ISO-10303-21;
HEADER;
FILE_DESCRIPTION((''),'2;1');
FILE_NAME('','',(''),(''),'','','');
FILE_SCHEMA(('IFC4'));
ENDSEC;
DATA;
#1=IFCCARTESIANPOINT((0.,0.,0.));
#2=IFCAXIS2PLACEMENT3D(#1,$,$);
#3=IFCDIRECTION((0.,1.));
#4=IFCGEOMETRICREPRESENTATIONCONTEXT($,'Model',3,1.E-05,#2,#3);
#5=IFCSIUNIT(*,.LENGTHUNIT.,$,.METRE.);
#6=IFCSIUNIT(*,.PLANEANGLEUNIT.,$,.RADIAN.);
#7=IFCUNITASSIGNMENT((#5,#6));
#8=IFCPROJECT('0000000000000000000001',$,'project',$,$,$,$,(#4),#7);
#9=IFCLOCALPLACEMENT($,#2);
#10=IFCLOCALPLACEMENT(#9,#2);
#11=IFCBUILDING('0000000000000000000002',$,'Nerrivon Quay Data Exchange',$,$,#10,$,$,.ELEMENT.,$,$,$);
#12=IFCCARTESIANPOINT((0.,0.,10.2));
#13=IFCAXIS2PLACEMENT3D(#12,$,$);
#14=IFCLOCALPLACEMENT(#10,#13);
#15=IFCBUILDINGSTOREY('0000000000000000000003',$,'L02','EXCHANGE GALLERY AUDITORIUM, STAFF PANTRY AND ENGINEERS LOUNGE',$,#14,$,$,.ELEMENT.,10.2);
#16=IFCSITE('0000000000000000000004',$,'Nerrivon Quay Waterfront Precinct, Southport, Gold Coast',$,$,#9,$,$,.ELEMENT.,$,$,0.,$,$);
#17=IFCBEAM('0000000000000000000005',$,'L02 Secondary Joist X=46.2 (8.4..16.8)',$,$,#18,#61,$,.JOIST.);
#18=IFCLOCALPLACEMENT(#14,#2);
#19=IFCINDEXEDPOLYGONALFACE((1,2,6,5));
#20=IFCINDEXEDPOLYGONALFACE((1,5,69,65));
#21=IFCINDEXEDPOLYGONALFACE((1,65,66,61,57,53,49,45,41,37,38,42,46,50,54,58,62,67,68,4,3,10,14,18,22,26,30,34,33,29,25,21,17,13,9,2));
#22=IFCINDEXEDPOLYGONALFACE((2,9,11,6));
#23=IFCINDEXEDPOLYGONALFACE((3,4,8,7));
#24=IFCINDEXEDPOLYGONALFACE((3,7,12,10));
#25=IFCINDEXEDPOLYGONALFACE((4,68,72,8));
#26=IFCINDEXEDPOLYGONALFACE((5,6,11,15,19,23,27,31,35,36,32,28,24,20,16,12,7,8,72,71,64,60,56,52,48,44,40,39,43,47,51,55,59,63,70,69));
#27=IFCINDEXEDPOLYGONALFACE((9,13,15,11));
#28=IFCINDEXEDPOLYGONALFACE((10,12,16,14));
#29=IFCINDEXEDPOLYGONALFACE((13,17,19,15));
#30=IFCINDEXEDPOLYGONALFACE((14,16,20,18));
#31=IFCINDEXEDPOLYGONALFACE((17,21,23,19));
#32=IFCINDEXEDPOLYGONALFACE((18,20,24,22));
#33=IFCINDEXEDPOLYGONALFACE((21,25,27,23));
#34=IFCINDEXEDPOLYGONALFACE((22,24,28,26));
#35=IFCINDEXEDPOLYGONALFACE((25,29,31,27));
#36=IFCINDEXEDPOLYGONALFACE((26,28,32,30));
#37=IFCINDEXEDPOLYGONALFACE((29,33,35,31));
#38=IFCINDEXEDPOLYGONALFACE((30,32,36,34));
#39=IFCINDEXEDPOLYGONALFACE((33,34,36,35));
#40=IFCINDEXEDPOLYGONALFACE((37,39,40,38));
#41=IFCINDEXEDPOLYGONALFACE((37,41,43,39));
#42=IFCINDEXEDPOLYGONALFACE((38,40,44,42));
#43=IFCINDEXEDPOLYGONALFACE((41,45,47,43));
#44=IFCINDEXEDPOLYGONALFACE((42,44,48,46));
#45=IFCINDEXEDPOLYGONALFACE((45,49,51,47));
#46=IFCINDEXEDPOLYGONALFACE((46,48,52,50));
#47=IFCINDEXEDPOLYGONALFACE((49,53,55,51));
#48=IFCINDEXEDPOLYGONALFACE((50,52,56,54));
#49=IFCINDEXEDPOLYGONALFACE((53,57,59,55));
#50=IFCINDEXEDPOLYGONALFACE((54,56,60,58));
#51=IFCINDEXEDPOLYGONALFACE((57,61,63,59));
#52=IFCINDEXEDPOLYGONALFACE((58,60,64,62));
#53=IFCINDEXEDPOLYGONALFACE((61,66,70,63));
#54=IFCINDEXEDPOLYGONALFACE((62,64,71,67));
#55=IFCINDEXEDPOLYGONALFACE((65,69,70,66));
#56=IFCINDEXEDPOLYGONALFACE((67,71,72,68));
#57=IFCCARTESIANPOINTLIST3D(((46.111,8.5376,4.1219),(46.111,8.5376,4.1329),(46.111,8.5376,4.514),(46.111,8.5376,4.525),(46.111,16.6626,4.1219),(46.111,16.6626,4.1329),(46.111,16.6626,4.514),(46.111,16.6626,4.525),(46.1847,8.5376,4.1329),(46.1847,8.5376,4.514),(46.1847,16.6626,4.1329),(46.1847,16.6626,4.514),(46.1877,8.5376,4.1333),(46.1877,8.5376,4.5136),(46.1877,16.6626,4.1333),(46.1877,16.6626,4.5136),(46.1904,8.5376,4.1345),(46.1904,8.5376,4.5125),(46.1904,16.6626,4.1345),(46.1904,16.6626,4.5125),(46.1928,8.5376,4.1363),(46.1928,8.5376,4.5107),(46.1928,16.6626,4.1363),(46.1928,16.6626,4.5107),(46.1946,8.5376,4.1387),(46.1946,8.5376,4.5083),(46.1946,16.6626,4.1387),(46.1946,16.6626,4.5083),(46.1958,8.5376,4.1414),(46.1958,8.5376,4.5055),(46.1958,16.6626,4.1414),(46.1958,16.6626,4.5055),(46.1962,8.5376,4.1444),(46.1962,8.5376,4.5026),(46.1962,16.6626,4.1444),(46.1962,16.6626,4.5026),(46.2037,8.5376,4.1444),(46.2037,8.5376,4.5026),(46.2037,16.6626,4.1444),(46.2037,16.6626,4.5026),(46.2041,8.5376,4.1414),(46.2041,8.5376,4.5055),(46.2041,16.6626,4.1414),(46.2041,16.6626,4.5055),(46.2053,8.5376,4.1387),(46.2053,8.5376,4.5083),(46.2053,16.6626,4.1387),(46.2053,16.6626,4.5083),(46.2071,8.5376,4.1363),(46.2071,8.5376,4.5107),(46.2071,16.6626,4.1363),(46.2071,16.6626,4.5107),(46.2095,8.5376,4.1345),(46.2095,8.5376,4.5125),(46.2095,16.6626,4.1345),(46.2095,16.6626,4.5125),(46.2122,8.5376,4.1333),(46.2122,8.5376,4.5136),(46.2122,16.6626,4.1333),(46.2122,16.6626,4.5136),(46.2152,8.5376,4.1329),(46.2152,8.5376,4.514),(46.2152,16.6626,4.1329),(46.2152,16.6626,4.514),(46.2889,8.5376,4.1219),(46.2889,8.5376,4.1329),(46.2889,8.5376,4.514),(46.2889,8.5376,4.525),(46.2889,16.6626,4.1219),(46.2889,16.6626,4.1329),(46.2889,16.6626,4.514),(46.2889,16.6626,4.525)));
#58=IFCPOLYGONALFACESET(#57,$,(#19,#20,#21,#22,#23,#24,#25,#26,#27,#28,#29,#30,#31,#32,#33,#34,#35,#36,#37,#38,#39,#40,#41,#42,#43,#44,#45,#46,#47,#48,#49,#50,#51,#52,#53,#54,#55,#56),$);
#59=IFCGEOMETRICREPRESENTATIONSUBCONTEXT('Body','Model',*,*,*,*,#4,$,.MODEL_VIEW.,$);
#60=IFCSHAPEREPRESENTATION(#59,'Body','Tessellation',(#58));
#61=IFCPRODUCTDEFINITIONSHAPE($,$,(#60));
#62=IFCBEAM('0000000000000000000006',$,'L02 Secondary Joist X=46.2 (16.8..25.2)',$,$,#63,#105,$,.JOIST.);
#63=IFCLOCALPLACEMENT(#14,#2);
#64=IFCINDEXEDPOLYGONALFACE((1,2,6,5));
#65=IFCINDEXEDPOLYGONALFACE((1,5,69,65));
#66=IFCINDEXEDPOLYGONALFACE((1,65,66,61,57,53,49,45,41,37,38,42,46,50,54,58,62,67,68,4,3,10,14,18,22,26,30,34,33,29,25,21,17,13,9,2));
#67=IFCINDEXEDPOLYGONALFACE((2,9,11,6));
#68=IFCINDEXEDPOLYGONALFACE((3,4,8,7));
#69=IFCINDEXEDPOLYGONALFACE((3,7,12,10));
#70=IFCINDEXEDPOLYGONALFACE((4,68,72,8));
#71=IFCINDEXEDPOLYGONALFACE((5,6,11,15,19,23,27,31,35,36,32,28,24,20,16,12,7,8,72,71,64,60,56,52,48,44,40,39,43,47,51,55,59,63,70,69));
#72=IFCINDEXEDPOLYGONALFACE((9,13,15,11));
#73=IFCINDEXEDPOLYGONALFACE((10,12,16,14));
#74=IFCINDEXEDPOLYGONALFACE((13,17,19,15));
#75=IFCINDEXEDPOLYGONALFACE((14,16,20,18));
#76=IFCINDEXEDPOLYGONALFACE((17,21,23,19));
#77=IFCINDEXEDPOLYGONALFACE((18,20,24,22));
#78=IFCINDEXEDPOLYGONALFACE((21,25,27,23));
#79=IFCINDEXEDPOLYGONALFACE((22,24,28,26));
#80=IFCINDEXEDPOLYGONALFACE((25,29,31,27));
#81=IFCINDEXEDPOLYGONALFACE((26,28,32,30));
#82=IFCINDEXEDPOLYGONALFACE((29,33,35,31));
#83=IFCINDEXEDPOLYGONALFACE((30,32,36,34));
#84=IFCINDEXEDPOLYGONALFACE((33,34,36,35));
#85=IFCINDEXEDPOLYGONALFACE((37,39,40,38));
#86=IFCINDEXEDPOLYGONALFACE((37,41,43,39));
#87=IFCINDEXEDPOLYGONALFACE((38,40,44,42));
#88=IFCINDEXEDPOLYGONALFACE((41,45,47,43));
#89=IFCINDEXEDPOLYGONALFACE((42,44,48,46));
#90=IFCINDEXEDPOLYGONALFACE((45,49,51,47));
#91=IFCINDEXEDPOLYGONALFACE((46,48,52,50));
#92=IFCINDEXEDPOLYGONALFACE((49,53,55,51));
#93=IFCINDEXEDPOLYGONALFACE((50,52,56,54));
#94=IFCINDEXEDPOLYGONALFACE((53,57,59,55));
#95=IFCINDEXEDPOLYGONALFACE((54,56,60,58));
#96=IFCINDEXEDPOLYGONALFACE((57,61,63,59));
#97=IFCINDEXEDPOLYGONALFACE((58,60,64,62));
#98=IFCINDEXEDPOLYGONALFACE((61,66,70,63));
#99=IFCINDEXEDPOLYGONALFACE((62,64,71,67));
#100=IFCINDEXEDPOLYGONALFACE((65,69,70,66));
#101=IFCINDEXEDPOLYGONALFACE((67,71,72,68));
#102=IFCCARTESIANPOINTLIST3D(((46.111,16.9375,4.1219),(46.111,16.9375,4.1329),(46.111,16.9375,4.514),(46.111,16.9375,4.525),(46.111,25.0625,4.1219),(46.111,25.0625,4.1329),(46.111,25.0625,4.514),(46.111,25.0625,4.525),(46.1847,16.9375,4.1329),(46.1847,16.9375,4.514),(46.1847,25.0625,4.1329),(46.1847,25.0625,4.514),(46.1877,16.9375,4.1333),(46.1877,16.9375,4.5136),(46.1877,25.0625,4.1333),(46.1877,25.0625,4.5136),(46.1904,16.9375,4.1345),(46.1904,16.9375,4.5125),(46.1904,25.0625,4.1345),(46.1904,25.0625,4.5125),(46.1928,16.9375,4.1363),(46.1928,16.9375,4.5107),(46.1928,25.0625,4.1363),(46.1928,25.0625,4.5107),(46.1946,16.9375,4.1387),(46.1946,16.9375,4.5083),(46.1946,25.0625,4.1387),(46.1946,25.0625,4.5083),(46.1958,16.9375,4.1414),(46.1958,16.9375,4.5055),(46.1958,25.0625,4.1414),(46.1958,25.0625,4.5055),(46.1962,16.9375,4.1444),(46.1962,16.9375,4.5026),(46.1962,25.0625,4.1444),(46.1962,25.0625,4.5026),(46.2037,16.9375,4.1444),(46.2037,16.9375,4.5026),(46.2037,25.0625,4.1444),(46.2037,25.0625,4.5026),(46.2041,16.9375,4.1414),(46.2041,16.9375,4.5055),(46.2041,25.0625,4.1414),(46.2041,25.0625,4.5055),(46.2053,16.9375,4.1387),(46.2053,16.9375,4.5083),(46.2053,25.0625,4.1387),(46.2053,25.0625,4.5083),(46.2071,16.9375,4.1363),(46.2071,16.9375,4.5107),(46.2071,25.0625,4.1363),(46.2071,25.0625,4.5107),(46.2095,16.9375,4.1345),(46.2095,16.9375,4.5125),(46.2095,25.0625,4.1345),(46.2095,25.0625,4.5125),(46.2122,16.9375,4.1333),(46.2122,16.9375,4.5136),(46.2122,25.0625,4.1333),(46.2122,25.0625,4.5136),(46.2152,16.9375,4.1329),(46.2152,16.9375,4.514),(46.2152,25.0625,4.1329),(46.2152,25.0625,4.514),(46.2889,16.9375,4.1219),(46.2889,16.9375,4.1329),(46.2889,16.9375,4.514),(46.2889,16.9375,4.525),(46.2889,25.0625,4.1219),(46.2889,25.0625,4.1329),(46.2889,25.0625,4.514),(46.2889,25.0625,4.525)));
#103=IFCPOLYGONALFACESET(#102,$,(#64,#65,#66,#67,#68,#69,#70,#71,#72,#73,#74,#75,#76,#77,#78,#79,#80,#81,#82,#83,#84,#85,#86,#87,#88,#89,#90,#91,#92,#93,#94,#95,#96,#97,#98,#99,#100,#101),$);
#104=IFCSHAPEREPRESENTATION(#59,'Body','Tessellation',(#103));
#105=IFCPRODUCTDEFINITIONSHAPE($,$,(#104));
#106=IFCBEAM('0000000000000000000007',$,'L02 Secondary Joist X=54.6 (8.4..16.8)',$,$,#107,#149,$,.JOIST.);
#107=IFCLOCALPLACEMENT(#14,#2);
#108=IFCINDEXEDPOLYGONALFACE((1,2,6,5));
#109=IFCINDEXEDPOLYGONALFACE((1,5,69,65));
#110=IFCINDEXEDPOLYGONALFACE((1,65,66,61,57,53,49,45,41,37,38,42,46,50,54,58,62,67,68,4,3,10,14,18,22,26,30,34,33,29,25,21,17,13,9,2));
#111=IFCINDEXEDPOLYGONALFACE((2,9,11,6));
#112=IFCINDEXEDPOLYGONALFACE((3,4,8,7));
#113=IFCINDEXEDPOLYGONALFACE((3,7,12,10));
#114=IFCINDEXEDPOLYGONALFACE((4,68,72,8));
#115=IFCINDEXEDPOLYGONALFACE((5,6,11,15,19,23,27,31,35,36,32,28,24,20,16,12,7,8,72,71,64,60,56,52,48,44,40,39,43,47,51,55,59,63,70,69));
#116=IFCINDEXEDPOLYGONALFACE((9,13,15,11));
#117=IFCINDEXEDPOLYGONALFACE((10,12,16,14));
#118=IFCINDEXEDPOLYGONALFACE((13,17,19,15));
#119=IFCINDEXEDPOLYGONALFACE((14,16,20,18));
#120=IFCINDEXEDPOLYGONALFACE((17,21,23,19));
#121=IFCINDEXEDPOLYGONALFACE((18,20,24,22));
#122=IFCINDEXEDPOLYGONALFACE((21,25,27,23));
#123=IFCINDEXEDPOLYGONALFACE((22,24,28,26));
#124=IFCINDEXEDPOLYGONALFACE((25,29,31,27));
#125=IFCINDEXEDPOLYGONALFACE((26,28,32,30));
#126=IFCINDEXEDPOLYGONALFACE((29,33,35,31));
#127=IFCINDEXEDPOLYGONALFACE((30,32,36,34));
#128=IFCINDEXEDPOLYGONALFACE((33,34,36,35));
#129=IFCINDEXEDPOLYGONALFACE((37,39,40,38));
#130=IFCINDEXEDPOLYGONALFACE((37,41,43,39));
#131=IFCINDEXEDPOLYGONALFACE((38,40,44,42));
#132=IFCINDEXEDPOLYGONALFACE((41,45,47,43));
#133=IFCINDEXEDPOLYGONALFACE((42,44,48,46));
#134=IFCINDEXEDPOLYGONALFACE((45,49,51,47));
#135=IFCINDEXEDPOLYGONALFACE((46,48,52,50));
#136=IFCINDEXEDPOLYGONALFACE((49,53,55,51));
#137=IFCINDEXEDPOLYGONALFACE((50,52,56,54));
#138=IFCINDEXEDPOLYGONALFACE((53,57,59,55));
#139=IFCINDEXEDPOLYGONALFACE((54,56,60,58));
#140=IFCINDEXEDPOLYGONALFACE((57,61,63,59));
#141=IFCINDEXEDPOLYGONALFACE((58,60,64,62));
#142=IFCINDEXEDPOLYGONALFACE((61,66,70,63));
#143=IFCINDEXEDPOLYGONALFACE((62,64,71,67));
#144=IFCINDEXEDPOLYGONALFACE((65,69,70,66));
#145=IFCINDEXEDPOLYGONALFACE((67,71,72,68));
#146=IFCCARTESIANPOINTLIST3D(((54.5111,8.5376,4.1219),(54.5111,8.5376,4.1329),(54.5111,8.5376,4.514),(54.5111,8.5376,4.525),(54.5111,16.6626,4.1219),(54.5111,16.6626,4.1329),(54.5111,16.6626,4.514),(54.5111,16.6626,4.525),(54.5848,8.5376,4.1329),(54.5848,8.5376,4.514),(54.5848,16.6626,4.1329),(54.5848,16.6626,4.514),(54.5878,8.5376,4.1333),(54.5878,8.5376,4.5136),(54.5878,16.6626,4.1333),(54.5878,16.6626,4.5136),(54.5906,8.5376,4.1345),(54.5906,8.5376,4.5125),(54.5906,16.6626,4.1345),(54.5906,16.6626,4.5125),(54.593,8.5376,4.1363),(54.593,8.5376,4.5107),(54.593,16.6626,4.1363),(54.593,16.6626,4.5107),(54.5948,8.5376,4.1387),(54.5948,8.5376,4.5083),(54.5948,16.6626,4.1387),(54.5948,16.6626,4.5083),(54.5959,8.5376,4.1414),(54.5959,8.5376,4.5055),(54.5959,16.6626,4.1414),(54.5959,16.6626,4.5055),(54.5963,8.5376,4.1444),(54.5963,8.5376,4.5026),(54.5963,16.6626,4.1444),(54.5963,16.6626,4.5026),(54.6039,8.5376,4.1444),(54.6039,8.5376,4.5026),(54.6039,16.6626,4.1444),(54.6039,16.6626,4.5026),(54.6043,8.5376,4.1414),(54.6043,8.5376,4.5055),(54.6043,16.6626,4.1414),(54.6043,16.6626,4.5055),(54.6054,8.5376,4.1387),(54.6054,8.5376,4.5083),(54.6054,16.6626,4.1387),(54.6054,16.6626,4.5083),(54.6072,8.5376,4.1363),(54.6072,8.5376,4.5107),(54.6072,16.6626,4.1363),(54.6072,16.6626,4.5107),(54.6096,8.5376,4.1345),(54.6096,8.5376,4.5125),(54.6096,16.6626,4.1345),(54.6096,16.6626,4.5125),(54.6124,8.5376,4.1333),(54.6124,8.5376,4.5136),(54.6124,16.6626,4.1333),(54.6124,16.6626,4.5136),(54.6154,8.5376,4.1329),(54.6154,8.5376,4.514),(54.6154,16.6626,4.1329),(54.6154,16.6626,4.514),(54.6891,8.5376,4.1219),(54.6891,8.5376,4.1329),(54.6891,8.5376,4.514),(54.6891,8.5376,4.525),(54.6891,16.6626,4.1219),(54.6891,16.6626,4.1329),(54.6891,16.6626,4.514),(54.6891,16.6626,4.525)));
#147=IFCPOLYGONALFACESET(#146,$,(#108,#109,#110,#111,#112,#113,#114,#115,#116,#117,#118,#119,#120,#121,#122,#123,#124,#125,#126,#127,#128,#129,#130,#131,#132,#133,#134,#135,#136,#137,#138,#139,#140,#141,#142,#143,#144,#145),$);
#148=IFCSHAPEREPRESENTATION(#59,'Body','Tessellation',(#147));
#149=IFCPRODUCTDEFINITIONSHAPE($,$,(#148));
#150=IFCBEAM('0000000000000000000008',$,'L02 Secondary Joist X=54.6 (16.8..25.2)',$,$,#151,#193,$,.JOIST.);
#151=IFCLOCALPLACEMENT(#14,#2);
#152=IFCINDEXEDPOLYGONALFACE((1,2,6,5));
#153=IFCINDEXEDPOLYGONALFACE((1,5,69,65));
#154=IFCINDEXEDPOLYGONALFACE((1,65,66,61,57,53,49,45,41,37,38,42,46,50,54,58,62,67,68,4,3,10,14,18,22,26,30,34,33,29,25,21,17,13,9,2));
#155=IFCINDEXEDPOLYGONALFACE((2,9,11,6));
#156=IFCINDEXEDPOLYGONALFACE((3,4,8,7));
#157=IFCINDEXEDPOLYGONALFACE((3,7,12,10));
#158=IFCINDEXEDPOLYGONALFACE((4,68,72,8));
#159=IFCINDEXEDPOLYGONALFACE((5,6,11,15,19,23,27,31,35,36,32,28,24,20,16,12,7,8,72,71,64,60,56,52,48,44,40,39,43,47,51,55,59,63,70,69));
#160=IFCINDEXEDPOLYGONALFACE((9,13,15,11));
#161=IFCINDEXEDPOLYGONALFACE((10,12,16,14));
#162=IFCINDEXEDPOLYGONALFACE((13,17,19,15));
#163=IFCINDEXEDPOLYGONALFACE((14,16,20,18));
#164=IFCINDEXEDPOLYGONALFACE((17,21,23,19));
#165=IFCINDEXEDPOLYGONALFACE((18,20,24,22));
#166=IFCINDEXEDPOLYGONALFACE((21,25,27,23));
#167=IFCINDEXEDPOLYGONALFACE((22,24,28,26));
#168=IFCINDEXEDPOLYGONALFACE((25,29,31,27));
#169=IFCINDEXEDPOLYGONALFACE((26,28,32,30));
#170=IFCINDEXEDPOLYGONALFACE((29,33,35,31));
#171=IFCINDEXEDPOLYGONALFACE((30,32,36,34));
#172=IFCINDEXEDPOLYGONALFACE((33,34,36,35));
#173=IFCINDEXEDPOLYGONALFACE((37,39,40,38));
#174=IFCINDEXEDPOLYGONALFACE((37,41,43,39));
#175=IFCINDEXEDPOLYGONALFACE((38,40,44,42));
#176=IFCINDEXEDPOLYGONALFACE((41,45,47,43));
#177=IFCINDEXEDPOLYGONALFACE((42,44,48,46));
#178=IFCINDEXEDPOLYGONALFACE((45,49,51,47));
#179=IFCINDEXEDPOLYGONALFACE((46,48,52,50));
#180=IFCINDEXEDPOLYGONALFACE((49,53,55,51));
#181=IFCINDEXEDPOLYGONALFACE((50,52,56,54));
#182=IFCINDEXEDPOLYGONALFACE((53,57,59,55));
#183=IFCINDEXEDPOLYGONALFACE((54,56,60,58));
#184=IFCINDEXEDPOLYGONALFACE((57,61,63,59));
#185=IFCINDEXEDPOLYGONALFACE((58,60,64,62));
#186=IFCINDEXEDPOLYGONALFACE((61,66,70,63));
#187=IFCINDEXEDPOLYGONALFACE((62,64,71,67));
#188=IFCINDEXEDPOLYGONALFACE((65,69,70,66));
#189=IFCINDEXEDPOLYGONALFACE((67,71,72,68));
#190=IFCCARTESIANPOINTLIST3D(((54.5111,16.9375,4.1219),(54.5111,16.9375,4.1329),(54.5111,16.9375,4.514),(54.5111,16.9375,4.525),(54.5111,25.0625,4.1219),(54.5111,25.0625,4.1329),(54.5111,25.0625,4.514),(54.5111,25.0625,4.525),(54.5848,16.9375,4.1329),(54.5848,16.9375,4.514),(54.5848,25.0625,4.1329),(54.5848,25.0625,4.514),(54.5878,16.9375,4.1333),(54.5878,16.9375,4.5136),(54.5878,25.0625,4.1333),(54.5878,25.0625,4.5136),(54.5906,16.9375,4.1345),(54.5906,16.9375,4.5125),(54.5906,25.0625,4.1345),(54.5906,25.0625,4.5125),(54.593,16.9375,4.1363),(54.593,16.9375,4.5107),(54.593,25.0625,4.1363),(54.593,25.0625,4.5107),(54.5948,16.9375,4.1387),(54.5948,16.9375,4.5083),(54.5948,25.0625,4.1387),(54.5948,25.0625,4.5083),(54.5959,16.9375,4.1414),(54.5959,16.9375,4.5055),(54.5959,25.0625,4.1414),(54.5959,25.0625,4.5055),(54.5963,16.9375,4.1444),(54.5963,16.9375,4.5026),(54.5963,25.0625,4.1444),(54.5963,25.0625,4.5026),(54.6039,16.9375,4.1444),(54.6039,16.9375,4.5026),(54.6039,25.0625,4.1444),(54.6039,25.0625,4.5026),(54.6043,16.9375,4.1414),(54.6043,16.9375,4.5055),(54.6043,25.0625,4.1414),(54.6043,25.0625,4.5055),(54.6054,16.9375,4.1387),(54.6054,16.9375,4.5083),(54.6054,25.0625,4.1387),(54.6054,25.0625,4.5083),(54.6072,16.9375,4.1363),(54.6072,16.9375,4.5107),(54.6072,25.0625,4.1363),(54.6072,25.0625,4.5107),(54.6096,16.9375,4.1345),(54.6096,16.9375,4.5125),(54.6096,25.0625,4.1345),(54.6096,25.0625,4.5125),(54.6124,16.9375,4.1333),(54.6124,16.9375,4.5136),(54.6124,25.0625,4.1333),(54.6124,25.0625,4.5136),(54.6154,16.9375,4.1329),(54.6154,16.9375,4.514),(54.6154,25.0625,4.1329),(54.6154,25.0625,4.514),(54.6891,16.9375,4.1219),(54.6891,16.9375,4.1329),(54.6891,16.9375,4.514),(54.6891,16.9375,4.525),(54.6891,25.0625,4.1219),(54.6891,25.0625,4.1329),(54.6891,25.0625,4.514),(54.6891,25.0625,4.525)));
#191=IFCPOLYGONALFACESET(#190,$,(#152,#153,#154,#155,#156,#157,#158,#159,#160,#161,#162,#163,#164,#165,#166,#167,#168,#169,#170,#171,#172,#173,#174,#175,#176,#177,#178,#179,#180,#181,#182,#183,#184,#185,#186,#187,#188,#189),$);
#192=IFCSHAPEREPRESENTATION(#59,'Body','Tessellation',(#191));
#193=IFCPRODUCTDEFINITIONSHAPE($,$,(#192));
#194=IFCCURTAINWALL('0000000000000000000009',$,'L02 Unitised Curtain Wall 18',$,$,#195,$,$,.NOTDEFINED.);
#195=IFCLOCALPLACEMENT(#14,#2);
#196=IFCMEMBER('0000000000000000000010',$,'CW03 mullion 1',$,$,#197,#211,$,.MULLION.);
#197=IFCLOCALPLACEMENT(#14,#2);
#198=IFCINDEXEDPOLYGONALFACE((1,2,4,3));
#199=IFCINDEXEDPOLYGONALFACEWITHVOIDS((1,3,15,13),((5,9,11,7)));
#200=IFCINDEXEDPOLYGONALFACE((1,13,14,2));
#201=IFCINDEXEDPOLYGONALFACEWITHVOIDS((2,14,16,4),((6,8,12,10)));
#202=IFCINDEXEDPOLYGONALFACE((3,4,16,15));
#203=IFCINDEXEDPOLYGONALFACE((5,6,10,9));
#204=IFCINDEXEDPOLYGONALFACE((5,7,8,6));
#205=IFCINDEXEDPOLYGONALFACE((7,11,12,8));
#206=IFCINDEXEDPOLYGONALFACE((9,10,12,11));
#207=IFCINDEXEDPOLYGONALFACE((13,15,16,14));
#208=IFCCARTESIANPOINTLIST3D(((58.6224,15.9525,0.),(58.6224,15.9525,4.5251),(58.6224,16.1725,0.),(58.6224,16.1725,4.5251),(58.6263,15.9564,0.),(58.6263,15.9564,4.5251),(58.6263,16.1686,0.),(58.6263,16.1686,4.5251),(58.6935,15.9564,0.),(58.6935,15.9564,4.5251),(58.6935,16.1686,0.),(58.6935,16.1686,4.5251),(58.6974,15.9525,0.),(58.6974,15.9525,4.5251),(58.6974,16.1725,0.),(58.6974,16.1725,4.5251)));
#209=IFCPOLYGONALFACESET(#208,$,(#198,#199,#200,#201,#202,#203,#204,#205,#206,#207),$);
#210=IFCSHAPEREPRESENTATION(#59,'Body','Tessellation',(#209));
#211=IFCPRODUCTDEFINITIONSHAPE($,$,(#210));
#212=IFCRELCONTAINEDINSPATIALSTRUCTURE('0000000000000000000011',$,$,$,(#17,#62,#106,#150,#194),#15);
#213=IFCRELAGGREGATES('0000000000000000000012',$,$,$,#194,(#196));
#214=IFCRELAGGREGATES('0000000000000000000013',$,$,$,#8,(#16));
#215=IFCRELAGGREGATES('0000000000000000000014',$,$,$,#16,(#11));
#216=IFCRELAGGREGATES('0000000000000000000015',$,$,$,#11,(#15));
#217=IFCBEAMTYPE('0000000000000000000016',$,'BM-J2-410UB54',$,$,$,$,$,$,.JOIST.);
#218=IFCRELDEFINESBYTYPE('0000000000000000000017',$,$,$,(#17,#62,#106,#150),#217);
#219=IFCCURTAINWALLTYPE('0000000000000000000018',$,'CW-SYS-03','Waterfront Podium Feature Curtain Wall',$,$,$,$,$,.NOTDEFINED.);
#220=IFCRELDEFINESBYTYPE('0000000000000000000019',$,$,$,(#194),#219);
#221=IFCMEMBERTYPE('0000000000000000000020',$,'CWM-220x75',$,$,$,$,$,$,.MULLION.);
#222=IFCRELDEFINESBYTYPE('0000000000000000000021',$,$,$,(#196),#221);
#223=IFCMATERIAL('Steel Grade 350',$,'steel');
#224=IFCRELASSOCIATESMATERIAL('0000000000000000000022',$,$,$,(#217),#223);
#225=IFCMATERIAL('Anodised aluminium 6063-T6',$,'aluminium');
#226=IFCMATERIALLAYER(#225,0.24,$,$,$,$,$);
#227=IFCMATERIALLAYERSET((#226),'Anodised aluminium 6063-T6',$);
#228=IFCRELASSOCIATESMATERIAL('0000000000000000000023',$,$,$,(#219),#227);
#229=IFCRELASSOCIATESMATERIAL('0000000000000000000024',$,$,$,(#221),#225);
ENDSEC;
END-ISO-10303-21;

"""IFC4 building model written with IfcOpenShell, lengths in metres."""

from ifc_helpers import new_model, si_unit, direction, frame, origin, origin_2d, place, context, subcontext, project, spatial, hollow_rectangle, i_section, extrude, material, layer, layer_set, material_profile, profile_set, type_object, element, aggregate, save


model = new_model("IFC4")

# Units and contexts
model_context = context("Model", 3, precision=1e-05, world=origin(), true_north=direction((0.0, 1.0)))
body_context = subcontext(model_context, "Body", "Model", "MODEL_VIEW")
ifc_project = project(units=[si_unit("LENGTHUNIT", "METRE"), si_unit("PLANEANGLEUNIT", "RADIAN")], contexts=[model_context])

# Site, building, storey
site_placement = place(None, origin())
site = spatial("IfcSite", under=ifc_project, at=site_placement, Name="Nerrivon Quay Waterfront Precinct, Southport, Gold Coast", CompositionType="ELEMENT", RefElevation=0.0)
building_placement = place(site_placement, origin())
building = spatial("IfcBuilding", under=site, at=building_placement, Name="Nerrivon Quay Data Exchange", CompositionType="ELEMENT")
storey_placement = place(building_placement, frame((0.0, 0.0, 10.2)))
storey = spatial("IfcBuildingStorey", under=building, at=storey_placement, Name="L02", Description="EXCHANGE GALLERY AUDITORIUM, STAFF PANTRY AND ENGINEERS LOUNGE", CompositionType="ELEMENT", Elevation=10.2)

# Beams
ifc_material_1 = material(Name="Steel Grade 350", Category="steel")
ifc_material_profile_1 = material_profile(ifc_material_1, i_section(OverallWidth=0.178, OverallDepth=0.4031, WebThickness=0.0076, FlangeThickness=0.011, FilletRadius=0.0115, at=origin_2d()), Name="410UB53.7")
ifc_profile_set_1 = profile_set([ifc_material_profile_1], Name="Steel Grade 350")
beam_type_1 = type_object("IfcBeamType", Name="BM-J2-410UB54", PredefinedType="JOIST", material=ifc_profile_set_1)
for number, where, z_axis, x_axis, name in (
    (1, (46.2, 8.5376, 4.3235), (0.0, 1.0, 0.0), (-1.0, 0.0, 0.0), "L02 Secondary Joist X=46.2 (8.4..16.8)"),
    (2, (46.2, 16.9375, 4.3235), (0.0, 1.0, 0.0), (-1.0, 0.0, 0.0), "L02 Secondary Joist X=46.2 (16.8..25.2)"),
    (3, (54.6001, 8.5376, 4.3235), (0.0, 1.0, 0.0), (-1.0, 0.0, 0.0), "L02 Secondary Joist X=54.6 (8.4..16.8)"),
    (4, (54.6001, 16.9375, 4.3235), (0.0, 1.0, 0.0), (-1.0, 0.0, 0.0), "L02 Secondary Joist X=54.6 (16.8..25.2)"),
):
    element("IfcBeam", number, at=place(storey_placement, frame(where, z_axis=z_axis, x_axis=x_axis)), inside=storey, type_object=beam_type_1, Name=name, PredefinedType="JOIST", context=body_context, shape_type="SweptSolid", body=[
        extrude(i_section(OverallWidth=0.178, OverallDepth=0.4031, WebThickness=0.0076, FlangeThickness=0.011, FilletRadius=0.0115, at=origin_2d()), origin(), (0.0, 0.0, 1.0), 8.125),
    ])

# Curtain wall, member
ifc_material_2 = material(Name="Anodised aluminium 6063-T6", Category="aluminium")
ifc_layer_1 = layer(ifc_material_2, 0.24)
ifc_layer_set_1 = layer_set([ifc_layer_1], Name="Anodised aluminium 6063-T6")
curtain_wall_type = type_object("IfcCurtainWallType", Name="CW-SYS-03", Description="Waterfront Podium Feature Curtain Wall", PredefinedType="NOTDEFINED", material=ifc_layer_set_1)
curtain_wall_placement = place(storey_placement, origin())
curtain_wall = element("IfcCurtainWall", 5, at=curtain_wall_placement, inside=storey, type_object=curtain_wall_type, Name="L02 Unitised Curtain Wall 18", PredefinedType="NOTDEFINED")
ifc_material_profile_2 = material_profile(ifc_material_2, hollow_rectangle(XDim=0.075, YDim=0.22, WallThickness=0.0039, at=origin_2d()), Name="ALU-MULL-220x75")
ifc_profile_set_2 = profile_set([ifc_material_profile_2], Name="Anodised aluminium 6063-T6")
member_type_1 = type_object("IfcMemberType", Name="CWM-220x75", PredefinedType="MULLION", material=ifc_profile_set_2)
member_1_placement = place(storey_placement, frame((58.6599, 16.0625, 0.0), z_axis=(0.0, 0.0, 1.0), x_axis=(1.0, 0.0, 0.0)))
member_1 = element("IfcMember", 6, at=member_1_placement, type_object=member_type_1, Name="CW03 mullion 1", PredefinedType="MULLION", context=body_context, shape_type="SweptSolid", body=[
    extrude(hollow_rectangle(XDim=0.075, YDim=0.22, WallThickness=0.0039, at=origin_2d()), origin(), (0.0, 0.0, 1.0), 4.5251),
])
aggregate(curtain_wall, [member_1])

save(model, "model.ifc")
